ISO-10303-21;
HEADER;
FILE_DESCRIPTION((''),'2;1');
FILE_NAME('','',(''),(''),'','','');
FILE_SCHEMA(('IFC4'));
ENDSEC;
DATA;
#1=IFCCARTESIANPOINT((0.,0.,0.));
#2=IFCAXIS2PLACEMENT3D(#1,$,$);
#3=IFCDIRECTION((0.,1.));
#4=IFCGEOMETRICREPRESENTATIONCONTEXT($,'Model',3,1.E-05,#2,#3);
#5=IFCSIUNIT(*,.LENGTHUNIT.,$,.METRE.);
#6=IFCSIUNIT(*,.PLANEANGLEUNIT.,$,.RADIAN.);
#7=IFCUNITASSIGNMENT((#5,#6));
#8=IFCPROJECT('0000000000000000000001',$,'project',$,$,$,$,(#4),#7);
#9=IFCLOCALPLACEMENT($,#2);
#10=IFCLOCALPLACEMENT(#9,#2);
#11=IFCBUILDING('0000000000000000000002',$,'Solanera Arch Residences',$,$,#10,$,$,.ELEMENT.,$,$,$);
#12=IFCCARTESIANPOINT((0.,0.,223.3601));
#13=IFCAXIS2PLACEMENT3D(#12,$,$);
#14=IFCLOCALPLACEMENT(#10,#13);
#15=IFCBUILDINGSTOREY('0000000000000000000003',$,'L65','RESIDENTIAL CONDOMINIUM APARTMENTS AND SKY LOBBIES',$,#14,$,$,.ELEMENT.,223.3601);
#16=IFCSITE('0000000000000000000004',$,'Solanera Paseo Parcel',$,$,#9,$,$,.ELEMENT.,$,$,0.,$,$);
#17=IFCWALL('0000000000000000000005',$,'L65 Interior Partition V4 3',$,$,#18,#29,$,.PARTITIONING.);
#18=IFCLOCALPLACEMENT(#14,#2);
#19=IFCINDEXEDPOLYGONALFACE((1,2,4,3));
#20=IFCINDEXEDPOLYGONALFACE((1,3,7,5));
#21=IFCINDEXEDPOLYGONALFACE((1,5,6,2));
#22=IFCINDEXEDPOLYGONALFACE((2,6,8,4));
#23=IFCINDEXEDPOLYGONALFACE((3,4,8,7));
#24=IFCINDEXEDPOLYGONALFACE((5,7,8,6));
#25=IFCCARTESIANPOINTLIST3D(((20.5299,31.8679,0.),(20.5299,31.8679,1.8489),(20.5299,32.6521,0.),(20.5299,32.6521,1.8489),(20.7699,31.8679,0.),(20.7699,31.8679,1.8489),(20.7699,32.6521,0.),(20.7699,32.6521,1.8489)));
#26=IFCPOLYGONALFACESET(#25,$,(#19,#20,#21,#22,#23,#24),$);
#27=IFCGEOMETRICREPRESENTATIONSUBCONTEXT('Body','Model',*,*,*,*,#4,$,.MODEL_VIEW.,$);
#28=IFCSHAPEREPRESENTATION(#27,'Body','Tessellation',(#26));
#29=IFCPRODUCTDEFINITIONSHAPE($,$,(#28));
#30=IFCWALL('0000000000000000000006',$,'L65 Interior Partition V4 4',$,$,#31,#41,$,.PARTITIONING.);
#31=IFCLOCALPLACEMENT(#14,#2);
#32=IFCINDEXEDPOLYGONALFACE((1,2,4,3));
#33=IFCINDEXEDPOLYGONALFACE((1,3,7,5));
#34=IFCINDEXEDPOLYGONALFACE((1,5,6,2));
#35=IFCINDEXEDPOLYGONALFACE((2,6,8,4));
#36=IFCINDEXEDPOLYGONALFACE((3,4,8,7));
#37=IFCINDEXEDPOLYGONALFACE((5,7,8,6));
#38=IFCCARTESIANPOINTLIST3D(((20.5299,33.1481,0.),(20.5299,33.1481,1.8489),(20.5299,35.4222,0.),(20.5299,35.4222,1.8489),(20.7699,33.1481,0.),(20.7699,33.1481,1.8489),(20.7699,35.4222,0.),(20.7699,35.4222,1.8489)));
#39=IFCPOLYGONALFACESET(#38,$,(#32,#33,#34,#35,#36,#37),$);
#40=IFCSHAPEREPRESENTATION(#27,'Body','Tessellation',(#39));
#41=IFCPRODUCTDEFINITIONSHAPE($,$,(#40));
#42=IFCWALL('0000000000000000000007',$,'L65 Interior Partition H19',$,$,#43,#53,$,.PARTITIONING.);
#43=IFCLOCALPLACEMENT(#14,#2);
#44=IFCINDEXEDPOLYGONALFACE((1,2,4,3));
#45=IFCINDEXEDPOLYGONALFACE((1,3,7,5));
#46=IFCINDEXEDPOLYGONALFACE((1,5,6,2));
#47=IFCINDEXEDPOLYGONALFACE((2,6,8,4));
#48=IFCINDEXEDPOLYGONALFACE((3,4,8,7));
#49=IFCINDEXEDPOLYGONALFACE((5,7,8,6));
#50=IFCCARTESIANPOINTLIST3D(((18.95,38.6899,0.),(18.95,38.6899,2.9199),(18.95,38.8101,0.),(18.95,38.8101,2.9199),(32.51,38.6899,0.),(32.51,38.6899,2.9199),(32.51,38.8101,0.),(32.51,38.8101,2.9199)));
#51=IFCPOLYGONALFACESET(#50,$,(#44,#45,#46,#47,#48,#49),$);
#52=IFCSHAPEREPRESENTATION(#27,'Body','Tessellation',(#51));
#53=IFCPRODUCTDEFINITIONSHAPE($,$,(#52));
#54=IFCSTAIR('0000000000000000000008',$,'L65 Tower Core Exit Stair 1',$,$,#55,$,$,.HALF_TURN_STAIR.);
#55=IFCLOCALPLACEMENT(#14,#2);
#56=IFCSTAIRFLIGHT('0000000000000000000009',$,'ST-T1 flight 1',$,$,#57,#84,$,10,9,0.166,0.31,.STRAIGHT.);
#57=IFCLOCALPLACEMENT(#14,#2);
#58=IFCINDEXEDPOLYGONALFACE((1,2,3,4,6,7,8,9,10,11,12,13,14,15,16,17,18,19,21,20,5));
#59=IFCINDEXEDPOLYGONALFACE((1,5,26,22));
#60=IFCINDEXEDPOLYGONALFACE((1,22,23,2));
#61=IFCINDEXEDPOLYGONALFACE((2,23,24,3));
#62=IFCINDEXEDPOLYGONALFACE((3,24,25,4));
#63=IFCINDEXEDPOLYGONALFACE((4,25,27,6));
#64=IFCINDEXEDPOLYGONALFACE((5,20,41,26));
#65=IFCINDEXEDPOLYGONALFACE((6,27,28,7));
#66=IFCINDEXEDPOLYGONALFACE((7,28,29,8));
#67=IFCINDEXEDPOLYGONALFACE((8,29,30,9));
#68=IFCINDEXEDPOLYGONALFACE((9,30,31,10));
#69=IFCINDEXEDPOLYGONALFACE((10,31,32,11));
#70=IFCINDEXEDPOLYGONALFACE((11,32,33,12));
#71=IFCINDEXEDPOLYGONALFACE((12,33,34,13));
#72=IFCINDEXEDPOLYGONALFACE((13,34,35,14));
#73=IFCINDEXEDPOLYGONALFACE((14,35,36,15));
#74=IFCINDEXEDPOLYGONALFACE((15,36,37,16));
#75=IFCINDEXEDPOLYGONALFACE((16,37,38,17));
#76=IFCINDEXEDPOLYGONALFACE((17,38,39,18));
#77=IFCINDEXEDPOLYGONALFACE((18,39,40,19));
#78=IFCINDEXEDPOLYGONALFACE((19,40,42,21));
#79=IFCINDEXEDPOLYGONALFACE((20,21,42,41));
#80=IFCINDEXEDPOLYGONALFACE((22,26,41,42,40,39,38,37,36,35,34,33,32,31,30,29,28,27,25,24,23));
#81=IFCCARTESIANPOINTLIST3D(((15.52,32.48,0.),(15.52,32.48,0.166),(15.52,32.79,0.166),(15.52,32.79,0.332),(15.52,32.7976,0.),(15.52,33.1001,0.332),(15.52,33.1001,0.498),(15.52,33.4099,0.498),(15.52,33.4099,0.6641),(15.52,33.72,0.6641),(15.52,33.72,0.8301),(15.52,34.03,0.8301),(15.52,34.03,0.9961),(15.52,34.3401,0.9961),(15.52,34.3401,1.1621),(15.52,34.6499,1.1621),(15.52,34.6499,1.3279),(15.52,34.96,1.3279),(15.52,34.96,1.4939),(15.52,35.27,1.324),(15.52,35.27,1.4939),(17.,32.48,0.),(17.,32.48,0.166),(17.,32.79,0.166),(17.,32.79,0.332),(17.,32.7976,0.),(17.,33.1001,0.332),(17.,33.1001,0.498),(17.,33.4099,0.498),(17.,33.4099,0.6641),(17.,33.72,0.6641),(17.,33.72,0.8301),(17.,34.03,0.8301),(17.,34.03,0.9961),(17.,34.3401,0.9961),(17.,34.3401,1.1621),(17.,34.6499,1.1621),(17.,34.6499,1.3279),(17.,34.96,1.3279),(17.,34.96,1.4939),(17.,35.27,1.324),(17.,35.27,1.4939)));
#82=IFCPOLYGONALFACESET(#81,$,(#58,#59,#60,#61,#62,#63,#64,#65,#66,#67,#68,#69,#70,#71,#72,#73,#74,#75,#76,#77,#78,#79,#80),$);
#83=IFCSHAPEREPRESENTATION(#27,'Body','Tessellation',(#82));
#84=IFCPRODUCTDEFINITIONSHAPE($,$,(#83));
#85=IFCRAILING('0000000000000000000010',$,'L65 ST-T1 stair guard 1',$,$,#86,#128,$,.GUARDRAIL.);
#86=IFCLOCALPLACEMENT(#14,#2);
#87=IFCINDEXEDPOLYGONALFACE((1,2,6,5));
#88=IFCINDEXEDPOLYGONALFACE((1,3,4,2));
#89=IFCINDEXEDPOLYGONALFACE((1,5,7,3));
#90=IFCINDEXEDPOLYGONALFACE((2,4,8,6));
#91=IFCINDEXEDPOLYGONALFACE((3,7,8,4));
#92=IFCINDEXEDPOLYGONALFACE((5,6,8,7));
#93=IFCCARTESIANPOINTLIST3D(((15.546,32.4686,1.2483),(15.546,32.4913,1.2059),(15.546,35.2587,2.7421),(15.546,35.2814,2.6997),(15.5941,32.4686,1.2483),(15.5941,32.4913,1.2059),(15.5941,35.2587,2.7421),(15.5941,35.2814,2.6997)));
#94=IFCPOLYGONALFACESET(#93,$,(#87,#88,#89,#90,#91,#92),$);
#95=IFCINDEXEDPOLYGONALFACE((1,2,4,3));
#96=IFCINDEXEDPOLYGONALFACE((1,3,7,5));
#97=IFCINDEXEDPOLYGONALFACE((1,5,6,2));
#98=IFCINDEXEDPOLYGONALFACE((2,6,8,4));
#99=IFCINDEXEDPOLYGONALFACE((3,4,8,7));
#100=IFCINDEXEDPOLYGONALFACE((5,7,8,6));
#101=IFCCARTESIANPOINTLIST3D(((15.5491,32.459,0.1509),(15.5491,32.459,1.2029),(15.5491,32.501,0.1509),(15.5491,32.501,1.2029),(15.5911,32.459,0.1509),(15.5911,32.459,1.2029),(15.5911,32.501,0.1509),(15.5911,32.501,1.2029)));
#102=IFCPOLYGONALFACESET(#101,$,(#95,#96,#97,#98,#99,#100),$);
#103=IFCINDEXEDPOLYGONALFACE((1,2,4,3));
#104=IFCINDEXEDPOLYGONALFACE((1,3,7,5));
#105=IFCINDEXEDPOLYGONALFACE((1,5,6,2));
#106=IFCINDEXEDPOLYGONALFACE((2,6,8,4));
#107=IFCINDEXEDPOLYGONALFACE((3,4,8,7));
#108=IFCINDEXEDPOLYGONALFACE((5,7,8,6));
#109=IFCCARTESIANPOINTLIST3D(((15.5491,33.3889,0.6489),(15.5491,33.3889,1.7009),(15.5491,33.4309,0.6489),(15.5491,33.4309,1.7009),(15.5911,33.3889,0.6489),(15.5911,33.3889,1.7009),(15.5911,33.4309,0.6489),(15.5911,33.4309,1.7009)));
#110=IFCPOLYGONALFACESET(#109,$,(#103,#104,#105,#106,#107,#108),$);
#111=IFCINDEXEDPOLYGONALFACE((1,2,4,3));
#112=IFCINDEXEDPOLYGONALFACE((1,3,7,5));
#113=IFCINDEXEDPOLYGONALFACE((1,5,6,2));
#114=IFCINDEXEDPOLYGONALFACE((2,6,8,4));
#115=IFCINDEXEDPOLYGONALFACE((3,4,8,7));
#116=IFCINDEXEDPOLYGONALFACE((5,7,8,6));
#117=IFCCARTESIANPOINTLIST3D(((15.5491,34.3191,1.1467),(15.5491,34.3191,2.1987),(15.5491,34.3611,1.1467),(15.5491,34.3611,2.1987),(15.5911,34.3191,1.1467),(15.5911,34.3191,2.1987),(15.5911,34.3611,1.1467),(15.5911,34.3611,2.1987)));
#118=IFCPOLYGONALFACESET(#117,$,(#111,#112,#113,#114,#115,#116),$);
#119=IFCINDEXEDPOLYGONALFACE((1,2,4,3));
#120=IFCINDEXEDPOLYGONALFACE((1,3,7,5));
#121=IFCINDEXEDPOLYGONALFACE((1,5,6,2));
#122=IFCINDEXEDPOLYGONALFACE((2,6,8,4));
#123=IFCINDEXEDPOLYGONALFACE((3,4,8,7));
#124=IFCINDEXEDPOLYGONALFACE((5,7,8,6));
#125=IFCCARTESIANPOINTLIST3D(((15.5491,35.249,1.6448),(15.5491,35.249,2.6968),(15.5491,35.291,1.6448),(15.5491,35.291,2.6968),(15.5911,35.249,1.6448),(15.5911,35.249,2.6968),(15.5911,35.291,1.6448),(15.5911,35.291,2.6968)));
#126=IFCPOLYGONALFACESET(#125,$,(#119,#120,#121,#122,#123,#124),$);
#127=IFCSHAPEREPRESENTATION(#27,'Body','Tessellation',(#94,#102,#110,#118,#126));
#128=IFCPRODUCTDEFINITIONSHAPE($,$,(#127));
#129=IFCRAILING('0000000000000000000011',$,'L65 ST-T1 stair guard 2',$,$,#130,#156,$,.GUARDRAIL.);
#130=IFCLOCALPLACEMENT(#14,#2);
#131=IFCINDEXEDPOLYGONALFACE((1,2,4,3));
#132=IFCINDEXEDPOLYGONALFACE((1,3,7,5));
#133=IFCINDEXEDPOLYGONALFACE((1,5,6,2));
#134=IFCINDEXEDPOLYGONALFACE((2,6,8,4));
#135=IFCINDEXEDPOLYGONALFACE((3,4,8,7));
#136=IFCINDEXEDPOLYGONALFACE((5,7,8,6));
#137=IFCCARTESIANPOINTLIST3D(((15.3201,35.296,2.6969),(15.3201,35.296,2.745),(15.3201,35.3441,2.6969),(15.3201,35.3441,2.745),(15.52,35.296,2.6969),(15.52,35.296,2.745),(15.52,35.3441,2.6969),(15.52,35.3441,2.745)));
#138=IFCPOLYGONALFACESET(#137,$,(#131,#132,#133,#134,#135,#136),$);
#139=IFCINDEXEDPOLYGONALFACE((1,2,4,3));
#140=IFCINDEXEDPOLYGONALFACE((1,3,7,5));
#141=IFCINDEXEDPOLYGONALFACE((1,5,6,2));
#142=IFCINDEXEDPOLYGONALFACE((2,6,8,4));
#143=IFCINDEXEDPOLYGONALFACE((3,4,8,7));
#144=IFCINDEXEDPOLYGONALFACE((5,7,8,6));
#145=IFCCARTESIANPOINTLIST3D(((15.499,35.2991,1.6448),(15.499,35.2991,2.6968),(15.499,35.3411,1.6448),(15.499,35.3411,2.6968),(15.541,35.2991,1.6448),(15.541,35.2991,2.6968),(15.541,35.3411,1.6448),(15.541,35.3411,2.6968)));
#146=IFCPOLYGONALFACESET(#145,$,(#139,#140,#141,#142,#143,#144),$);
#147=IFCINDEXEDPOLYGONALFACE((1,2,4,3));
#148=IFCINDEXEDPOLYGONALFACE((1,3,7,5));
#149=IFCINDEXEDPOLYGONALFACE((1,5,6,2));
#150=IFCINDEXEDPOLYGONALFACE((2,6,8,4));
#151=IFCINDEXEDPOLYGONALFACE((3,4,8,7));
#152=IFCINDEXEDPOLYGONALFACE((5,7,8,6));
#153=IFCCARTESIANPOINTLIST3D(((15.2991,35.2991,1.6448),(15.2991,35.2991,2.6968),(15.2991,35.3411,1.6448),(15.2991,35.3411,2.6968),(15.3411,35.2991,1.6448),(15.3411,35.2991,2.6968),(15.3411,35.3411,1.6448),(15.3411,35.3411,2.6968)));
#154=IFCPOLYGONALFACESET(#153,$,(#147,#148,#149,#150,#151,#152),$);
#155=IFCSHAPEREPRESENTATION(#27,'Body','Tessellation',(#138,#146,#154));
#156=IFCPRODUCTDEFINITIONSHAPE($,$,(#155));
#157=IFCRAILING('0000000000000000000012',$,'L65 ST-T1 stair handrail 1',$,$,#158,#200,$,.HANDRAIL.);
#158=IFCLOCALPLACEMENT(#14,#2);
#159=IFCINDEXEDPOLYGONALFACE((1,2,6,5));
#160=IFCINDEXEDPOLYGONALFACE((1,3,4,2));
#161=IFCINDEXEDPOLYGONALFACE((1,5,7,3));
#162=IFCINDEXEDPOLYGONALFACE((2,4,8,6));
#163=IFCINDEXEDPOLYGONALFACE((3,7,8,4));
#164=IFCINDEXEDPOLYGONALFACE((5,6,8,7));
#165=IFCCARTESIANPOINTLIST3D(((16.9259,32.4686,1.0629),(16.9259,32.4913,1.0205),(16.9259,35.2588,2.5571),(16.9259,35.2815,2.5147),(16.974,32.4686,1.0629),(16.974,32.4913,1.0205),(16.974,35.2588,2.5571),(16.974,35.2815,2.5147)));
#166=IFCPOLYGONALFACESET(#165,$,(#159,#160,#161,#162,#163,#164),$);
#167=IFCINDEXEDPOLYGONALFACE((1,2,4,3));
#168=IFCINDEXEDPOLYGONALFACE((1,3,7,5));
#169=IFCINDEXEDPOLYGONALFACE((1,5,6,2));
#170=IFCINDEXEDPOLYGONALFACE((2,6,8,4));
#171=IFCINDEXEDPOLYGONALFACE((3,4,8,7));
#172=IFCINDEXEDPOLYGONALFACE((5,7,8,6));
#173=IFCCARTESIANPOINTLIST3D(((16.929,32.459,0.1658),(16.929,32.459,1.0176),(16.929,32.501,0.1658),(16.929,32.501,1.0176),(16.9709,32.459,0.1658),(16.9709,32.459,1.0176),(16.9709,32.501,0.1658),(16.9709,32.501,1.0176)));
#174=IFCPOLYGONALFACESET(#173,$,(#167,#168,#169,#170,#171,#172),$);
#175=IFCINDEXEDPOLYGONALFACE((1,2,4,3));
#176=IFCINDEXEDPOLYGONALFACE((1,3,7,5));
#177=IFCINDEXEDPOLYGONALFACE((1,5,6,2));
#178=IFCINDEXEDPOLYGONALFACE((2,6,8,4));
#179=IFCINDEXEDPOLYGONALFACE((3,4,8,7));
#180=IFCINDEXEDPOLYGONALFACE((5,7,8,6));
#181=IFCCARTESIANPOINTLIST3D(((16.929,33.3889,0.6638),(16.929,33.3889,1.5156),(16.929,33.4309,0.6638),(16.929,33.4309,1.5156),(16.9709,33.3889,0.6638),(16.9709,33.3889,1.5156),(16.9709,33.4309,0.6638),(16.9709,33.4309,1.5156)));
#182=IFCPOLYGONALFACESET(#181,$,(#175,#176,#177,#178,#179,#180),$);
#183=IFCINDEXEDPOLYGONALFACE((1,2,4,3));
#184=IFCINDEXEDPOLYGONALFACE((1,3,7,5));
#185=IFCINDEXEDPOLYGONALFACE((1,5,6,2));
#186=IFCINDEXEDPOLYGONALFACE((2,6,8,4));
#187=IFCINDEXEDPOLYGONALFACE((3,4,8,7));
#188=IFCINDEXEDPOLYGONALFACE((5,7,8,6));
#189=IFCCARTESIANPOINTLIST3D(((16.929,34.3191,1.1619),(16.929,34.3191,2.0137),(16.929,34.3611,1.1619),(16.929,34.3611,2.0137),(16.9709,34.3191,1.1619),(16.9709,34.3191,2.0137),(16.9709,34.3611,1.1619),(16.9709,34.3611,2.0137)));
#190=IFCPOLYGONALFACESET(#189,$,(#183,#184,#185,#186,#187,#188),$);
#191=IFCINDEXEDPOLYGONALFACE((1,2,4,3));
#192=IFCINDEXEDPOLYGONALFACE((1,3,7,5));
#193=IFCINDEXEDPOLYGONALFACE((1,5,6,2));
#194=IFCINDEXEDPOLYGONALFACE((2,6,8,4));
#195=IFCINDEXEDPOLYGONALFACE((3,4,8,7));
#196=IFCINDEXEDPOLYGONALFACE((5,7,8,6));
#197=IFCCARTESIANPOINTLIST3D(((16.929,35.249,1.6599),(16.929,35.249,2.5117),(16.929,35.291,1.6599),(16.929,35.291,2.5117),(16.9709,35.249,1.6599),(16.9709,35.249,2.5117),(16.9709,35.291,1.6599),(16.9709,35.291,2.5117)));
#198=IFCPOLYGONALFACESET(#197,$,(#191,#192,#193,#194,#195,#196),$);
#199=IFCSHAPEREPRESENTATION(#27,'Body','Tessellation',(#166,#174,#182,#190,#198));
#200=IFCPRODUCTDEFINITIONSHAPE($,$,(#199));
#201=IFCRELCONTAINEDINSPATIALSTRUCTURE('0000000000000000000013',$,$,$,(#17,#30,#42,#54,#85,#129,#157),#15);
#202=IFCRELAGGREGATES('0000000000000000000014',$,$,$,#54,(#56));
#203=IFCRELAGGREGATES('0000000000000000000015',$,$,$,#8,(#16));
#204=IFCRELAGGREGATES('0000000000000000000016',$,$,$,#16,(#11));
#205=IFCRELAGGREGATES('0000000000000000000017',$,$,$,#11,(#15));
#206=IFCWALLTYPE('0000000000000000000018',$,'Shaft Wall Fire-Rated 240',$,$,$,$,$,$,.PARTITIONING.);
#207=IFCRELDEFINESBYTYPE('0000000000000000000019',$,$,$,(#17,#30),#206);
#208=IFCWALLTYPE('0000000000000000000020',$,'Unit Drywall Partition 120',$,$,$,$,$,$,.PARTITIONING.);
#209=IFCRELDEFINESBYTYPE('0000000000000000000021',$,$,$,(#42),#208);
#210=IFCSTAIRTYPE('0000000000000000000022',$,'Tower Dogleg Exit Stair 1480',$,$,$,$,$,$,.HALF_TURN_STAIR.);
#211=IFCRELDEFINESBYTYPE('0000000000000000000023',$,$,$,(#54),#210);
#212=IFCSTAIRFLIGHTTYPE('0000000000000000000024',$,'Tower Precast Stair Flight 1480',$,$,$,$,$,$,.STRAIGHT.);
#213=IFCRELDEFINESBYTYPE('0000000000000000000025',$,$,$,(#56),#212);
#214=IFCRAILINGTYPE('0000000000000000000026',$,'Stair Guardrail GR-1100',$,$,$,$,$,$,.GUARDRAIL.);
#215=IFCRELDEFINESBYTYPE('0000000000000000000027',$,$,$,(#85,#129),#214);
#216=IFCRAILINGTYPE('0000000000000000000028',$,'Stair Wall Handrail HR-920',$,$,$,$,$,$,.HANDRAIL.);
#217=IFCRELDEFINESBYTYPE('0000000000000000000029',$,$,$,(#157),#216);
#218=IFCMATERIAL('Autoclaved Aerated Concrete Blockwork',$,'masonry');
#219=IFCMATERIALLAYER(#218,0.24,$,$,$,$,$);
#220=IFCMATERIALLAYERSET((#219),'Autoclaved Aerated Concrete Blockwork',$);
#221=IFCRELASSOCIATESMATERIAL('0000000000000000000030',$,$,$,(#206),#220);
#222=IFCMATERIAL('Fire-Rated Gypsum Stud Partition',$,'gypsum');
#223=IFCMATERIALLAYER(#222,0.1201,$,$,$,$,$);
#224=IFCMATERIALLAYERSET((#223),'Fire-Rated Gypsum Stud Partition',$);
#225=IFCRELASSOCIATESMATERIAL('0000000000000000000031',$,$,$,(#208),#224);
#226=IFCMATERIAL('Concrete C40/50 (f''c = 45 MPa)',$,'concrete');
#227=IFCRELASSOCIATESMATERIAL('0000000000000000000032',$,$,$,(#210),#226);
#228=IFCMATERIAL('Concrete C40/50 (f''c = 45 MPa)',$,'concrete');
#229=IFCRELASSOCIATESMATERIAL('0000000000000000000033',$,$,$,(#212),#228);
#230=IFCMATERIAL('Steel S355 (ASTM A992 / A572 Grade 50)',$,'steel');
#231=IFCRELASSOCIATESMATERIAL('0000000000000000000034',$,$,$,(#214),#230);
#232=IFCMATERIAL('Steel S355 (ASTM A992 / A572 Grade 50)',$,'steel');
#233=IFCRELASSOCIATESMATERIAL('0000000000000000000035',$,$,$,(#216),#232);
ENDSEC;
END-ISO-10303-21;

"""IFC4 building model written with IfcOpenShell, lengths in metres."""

from ifc_helpers import new_model, si_unit, direction, frame, frame_2d, origin, origin_2d, place, context, subcontext, project, spatial, polyline, rectangle, outline, extrude, material, layer, layer_set, type_object, element, aggregate, save


model = new_model("IFC4")

# Units and contexts
model_context = context("Model", 3, precision=1e-05, world=origin(), true_north=direction((0.0, 1.0)))
body_context = subcontext(model_context, "Body", "Model", "MODEL_VIEW")
ifc_project = project(units=[si_unit("LENGTHUNIT", "METRE"), si_unit("PLANEANGLEUNIT", "RADIAN")], contexts=[model_context])

# Site, building, storey
site_placement = place(None, origin())
site = spatial("IfcSite", under=ifc_project, at=site_placement, Name="Solanera Paseo Parcel", CompositionType="ELEMENT", RefElevation=0.0)
building_placement = place(site_placement, origin())
building = spatial("IfcBuilding", under=site, at=building_placement, Name="Solanera Arch Residences", CompositionType="ELEMENT")
storey_placement = place(building_placement, frame((0.0, 0.0, 223.3601)))
storey = spatial("IfcBuildingStorey", under=building, at=storey_placement, Name="L65", Description="RESIDENTIAL CONDOMINIUM APARTMENTS AND SKY LOBBIES", CompositionType="ELEMENT", Elevation=223.3601)

# Shared definitions
ifc_material_1 = material(Name="Autoclaved Aerated Concrete Blockwork", Category="masonry")
ifc_layer_1 = layer(ifc_material_1, 0.24)
ifc_layer_set_1 = layer_set([ifc_layer_1], Name="Autoclaved Aerated Concrete Blockwork")
wall_type_1 = type_object("IfcWallType", Name="Shaft Wall Fire-Rated 240", PredefinedType="PARTITIONING", material=ifc_layer_set_1)

# Walls
wall_1_placement = place(storey_placement, frame((20.6499, 31.8679, 0.0), z_axis=(0.0, 0.0, 1.0), x_axis=(0.0, 1.0, 0.0)))
element("IfcWall", 1, at=wall_1_placement, inside=storey, type_object=wall_type_1, Name="L65 Interior Partition V4 3", PredefinedType="PARTITIONING", context=body_context, shape_type="SweptSolid", body=[
    extrude(rectangle(XDim=0.7842, YDim=0.24, at=frame_2d((0.3921, 0.0))), origin(), (0.0, 0.0, 1.0), 1.8489),
])
wall_2_placement = place(storey_placement, frame((20.6499, 33.1479, 0.0), z_axis=(0.0, 0.0, 1.0), x_axis=(0.0, 1.0, 0.0)))
element("IfcWall", 2, at=wall_2_placement, inside=storey, type_object=wall_type_1, Name="L65 Interior Partition V4 4", PredefinedType="PARTITIONING", context=body_context, shape_type="SweptSolid", body=[
    extrude(rectangle(XDim=2.2742, YDim=0.24, at=frame_2d((1.1372, 0.0))), origin(), (0.0, 0.0, 1.0), 1.8489),
])
ifc_material_2 = material(Name="Fire-Rated Gypsum Stud Partition", Category="gypsum")
ifc_layer_2 = layer(ifc_material_2, 0.1201)
ifc_layer_set_2 = layer_set([ifc_layer_2], Name="Fire-Rated Gypsum Stud Partition")
wall_type_2 = type_object("IfcWallType", Name="Unit Drywall Partition 120", PredefinedType="PARTITIONING", material=ifc_layer_set_2)
wall_3_placement = place(storey_placement, frame((18.95, 38.75, 0.0), z_axis=(0.0, 0.0, 1.0), x_axis=(1.0, 0.0, 0.0)))
element("IfcWall", 3, at=wall_3_placement, inside=storey, type_object=wall_type_2, Name="L65 Interior Partition H19", PredefinedType="PARTITIONING", context=body_context, shape_type="SweptSolid", body=[
    extrude(rectangle(XDim=13.5601, YDim=0.1201, at=frame_2d((6.78, 0.0))), origin(), (0.0, 0.0, 1.0), 2.9199),
])

# Stair, stair flight
ifc_material_3 = material(Name="Concrete C40/50 (f'c = 45 MPa)", Category="concrete")
stair_type = type_object("IfcStairType", Name="Tower Dogleg Exit Stair 1480", PredefinedType="HALF_TURN_STAIR", material=ifc_material_3)
stair_placement = place(storey_placement, origin())
stair = element("IfcStair", 4, at=stair_placement, inside=storey, type_object=stair_type, Name="L65 Tower Core Exit Stair 1", PredefinedType="HALF_TURN_STAIR")
ifc_material_4 = material(Name="Concrete C40/50 (f'c = 45 MPa)", Category="concrete")
stair_flight_type = type_object("IfcStairFlightType", Name="Tower Precast Stair Flight 1480", PredefinedType="STRAIGHT", material=ifc_material_4)
stair_flight_placement = place(storey_placement, frame((16.26, 32.48, 0.0), z_axis=(0.0, 0.0, 1.0), x_axis=(0.0, 1.0, 0.0)))
stair_flight = element("IfcStairFlight", 5, at=stair_flight_placement, type_object=stair_flight_type, Name="ST-T1 flight 1", NumberOfRisers=10, NumberOfTreads=9, PredefinedType="STRAIGHT", RiserHeight=0.166, TreadLength=0.31, context=body_context, shape_type="SweptSolid", body=[
    extrude(outline(polyline([(0.0, 0.0), (0.0, 0.166), (0.3101, 0.166), (0.3101, 0.332), (0.6201, 0.332), (0.6201, 0.498), (0.9299, 0.498), (0.9299, 0.6641), (1.24, 0.6641), (1.24, 0.8301), (1.55, 0.8301), (1.55, 0.9961), (1.8601, 0.9961), (1.8601, 1.1621), (2.1699, 1.1621), (2.1699, 1.3279), (2.48, 1.3279), (2.48, 1.4939), (2.79, 1.4939), (2.79, 1.6599), (2.79, 1.324), (0.3176, 0.0), (0.0, 0.0)])), frame((0.0, 0.74, 0.0), z_axis=(0.0, -1.0, 0.0), x_axis=(1.0, 0.0, 0.0)), (0.0, 0.0, 1.0), 1.48),
])
aggregate(stair, [stair_flight])

# Railings
ifc_material_5 = material(Name="Steel S355 (ASTM A992 / A572 Grade 50)", Category="steel")
railing_type_1 = type_object("IfcRailingType", Name="Stair Guardrail GR-1100", PredefinedType="GUARDRAIL", material=ifc_material_5)
railing_1_placement = place(storey_placement, frame((15.5701, 32.48, 0.1509)))
element("IfcRailing", 6, at=railing_1_placement, inside=storey, type_object=railing_type_1, Name="L65 ST-T1 stair guard 1", PredefinedType="GUARDRAIL", context=body_context, shape_type="SweptSolid", body=[
    extrude(rectangle(XDim=0.0481, YDim=0.0481, at=origin_2d()), frame((0.0, 0.0, 1.0762), z_axis=(0.0, 0.881581, 0.472033), x_axis=(-1.0, 0.0, 0.0)), (0.0, 0.0, 1.0), 3.1648),
    extrude(rectangle(XDim=0.042, YDim=0.042, at=origin_2d()), origin(), (0.0, 0.0, 1.0), 1.052),
    extrude(rectangle(XDim=0.042, YDim=0.042, at=origin_2d()), frame((0.0, 0.9299, 0.498)), (0.0, 0.0, 1.0), 1.052),
    extrude(rectangle(XDim=0.042, YDim=0.042, at=origin_2d()), frame((0.0, 1.8601, 0.9958)), (0.0, 0.0, 1.0), 1.052),
    extrude(rectangle(XDim=0.042, YDim=0.042, at=origin_2d()), frame((0.0, 2.79, 1.4939)), (0.0, 0.0, 1.0), 1.052),
])
railing_2_placement = place(storey_placement, frame((15.52, 35.3201, 1.6448)))
element("IfcRailing", 7, at=railing_2_placement, inside=storey, type_object=railing_type_1, Name="L65 ST-T1 stair guard 2", PredefinedType="GUARDRAIL", context=body_context, shape_type="SweptSolid", body=[
    extrude(rectangle(XDim=0.0481, YDim=0.0481, at=origin_2d()), frame((0.0, 0.0, 1.0762), z_axis=(-1.0, 0.0, 0.0), x_axis=(0.0, -1.0, 0.0)), (0.0, 0.0, 1.0), 0.2),
    extrude(rectangle(XDim=0.042, YDim=0.042, at=origin_2d()), origin(), (0.0, 0.0, 1.0), 1.052),
    extrude(rectangle(XDim=0.042, YDim=0.042, at=origin_2d()), frame((-0.2, 0.0, 0.0)), (0.0, 0.0, 1.0), 1.052),
])
ifc_material_6 = material(Name="Steel S355 (ASTM A992 / A572 Grade 50)", Category="steel")
railing_type_2 = type_object("IfcRailingType", Name="Stair Wall Handrail HR-920", PredefinedType="HANDRAIL", material=ifc_material_6)
railing_3_placement = place(storey_placement, frame((16.95, 32.48, 0.1658)))
element("IfcRailing", 8, at=railing_3_placement, inside=storey, type_object=railing_type_2, Name="L65 ST-T1 stair handrail 1", PredefinedType="HANDRAIL", context=body_context, shape_type="SweptSolid", body=[
    extrude(rectangle(XDim=0.0481, YDim=0.0481, at=origin_2d()), frame((0.0, 0.0, 0.876), z_axis=(0.0, 0.881549, 0.472093), x_axis=(-1.0, 0.0, 0.0)), (0.0, 0.0, 1.0), 3.165),
    extrude(rectangle(XDim=0.042, YDim=0.042, at=origin_2d()), origin(), (0.0, 0.0, 1.0), 0.8518),
    extrude(rectangle(XDim=0.042, YDim=0.042, at=origin_2d()), frame((0.0, 0.9299, 0.498)), (0.0, 0.0, 1.0), 0.8518),
    extrude(rectangle(XDim=0.042, YDim=0.042, at=origin_2d()), frame((0.0, 1.8601, 0.9961)), (0.0, 0.0, 1.0), 0.8518),
    extrude(rectangle(XDim=0.042, YDim=0.042, at=origin_2d()), frame((0.0, 2.79, 1.4941)), (0.0, 0.0, 1.0), 0.8518),
])

save(model, "model.ifc")
